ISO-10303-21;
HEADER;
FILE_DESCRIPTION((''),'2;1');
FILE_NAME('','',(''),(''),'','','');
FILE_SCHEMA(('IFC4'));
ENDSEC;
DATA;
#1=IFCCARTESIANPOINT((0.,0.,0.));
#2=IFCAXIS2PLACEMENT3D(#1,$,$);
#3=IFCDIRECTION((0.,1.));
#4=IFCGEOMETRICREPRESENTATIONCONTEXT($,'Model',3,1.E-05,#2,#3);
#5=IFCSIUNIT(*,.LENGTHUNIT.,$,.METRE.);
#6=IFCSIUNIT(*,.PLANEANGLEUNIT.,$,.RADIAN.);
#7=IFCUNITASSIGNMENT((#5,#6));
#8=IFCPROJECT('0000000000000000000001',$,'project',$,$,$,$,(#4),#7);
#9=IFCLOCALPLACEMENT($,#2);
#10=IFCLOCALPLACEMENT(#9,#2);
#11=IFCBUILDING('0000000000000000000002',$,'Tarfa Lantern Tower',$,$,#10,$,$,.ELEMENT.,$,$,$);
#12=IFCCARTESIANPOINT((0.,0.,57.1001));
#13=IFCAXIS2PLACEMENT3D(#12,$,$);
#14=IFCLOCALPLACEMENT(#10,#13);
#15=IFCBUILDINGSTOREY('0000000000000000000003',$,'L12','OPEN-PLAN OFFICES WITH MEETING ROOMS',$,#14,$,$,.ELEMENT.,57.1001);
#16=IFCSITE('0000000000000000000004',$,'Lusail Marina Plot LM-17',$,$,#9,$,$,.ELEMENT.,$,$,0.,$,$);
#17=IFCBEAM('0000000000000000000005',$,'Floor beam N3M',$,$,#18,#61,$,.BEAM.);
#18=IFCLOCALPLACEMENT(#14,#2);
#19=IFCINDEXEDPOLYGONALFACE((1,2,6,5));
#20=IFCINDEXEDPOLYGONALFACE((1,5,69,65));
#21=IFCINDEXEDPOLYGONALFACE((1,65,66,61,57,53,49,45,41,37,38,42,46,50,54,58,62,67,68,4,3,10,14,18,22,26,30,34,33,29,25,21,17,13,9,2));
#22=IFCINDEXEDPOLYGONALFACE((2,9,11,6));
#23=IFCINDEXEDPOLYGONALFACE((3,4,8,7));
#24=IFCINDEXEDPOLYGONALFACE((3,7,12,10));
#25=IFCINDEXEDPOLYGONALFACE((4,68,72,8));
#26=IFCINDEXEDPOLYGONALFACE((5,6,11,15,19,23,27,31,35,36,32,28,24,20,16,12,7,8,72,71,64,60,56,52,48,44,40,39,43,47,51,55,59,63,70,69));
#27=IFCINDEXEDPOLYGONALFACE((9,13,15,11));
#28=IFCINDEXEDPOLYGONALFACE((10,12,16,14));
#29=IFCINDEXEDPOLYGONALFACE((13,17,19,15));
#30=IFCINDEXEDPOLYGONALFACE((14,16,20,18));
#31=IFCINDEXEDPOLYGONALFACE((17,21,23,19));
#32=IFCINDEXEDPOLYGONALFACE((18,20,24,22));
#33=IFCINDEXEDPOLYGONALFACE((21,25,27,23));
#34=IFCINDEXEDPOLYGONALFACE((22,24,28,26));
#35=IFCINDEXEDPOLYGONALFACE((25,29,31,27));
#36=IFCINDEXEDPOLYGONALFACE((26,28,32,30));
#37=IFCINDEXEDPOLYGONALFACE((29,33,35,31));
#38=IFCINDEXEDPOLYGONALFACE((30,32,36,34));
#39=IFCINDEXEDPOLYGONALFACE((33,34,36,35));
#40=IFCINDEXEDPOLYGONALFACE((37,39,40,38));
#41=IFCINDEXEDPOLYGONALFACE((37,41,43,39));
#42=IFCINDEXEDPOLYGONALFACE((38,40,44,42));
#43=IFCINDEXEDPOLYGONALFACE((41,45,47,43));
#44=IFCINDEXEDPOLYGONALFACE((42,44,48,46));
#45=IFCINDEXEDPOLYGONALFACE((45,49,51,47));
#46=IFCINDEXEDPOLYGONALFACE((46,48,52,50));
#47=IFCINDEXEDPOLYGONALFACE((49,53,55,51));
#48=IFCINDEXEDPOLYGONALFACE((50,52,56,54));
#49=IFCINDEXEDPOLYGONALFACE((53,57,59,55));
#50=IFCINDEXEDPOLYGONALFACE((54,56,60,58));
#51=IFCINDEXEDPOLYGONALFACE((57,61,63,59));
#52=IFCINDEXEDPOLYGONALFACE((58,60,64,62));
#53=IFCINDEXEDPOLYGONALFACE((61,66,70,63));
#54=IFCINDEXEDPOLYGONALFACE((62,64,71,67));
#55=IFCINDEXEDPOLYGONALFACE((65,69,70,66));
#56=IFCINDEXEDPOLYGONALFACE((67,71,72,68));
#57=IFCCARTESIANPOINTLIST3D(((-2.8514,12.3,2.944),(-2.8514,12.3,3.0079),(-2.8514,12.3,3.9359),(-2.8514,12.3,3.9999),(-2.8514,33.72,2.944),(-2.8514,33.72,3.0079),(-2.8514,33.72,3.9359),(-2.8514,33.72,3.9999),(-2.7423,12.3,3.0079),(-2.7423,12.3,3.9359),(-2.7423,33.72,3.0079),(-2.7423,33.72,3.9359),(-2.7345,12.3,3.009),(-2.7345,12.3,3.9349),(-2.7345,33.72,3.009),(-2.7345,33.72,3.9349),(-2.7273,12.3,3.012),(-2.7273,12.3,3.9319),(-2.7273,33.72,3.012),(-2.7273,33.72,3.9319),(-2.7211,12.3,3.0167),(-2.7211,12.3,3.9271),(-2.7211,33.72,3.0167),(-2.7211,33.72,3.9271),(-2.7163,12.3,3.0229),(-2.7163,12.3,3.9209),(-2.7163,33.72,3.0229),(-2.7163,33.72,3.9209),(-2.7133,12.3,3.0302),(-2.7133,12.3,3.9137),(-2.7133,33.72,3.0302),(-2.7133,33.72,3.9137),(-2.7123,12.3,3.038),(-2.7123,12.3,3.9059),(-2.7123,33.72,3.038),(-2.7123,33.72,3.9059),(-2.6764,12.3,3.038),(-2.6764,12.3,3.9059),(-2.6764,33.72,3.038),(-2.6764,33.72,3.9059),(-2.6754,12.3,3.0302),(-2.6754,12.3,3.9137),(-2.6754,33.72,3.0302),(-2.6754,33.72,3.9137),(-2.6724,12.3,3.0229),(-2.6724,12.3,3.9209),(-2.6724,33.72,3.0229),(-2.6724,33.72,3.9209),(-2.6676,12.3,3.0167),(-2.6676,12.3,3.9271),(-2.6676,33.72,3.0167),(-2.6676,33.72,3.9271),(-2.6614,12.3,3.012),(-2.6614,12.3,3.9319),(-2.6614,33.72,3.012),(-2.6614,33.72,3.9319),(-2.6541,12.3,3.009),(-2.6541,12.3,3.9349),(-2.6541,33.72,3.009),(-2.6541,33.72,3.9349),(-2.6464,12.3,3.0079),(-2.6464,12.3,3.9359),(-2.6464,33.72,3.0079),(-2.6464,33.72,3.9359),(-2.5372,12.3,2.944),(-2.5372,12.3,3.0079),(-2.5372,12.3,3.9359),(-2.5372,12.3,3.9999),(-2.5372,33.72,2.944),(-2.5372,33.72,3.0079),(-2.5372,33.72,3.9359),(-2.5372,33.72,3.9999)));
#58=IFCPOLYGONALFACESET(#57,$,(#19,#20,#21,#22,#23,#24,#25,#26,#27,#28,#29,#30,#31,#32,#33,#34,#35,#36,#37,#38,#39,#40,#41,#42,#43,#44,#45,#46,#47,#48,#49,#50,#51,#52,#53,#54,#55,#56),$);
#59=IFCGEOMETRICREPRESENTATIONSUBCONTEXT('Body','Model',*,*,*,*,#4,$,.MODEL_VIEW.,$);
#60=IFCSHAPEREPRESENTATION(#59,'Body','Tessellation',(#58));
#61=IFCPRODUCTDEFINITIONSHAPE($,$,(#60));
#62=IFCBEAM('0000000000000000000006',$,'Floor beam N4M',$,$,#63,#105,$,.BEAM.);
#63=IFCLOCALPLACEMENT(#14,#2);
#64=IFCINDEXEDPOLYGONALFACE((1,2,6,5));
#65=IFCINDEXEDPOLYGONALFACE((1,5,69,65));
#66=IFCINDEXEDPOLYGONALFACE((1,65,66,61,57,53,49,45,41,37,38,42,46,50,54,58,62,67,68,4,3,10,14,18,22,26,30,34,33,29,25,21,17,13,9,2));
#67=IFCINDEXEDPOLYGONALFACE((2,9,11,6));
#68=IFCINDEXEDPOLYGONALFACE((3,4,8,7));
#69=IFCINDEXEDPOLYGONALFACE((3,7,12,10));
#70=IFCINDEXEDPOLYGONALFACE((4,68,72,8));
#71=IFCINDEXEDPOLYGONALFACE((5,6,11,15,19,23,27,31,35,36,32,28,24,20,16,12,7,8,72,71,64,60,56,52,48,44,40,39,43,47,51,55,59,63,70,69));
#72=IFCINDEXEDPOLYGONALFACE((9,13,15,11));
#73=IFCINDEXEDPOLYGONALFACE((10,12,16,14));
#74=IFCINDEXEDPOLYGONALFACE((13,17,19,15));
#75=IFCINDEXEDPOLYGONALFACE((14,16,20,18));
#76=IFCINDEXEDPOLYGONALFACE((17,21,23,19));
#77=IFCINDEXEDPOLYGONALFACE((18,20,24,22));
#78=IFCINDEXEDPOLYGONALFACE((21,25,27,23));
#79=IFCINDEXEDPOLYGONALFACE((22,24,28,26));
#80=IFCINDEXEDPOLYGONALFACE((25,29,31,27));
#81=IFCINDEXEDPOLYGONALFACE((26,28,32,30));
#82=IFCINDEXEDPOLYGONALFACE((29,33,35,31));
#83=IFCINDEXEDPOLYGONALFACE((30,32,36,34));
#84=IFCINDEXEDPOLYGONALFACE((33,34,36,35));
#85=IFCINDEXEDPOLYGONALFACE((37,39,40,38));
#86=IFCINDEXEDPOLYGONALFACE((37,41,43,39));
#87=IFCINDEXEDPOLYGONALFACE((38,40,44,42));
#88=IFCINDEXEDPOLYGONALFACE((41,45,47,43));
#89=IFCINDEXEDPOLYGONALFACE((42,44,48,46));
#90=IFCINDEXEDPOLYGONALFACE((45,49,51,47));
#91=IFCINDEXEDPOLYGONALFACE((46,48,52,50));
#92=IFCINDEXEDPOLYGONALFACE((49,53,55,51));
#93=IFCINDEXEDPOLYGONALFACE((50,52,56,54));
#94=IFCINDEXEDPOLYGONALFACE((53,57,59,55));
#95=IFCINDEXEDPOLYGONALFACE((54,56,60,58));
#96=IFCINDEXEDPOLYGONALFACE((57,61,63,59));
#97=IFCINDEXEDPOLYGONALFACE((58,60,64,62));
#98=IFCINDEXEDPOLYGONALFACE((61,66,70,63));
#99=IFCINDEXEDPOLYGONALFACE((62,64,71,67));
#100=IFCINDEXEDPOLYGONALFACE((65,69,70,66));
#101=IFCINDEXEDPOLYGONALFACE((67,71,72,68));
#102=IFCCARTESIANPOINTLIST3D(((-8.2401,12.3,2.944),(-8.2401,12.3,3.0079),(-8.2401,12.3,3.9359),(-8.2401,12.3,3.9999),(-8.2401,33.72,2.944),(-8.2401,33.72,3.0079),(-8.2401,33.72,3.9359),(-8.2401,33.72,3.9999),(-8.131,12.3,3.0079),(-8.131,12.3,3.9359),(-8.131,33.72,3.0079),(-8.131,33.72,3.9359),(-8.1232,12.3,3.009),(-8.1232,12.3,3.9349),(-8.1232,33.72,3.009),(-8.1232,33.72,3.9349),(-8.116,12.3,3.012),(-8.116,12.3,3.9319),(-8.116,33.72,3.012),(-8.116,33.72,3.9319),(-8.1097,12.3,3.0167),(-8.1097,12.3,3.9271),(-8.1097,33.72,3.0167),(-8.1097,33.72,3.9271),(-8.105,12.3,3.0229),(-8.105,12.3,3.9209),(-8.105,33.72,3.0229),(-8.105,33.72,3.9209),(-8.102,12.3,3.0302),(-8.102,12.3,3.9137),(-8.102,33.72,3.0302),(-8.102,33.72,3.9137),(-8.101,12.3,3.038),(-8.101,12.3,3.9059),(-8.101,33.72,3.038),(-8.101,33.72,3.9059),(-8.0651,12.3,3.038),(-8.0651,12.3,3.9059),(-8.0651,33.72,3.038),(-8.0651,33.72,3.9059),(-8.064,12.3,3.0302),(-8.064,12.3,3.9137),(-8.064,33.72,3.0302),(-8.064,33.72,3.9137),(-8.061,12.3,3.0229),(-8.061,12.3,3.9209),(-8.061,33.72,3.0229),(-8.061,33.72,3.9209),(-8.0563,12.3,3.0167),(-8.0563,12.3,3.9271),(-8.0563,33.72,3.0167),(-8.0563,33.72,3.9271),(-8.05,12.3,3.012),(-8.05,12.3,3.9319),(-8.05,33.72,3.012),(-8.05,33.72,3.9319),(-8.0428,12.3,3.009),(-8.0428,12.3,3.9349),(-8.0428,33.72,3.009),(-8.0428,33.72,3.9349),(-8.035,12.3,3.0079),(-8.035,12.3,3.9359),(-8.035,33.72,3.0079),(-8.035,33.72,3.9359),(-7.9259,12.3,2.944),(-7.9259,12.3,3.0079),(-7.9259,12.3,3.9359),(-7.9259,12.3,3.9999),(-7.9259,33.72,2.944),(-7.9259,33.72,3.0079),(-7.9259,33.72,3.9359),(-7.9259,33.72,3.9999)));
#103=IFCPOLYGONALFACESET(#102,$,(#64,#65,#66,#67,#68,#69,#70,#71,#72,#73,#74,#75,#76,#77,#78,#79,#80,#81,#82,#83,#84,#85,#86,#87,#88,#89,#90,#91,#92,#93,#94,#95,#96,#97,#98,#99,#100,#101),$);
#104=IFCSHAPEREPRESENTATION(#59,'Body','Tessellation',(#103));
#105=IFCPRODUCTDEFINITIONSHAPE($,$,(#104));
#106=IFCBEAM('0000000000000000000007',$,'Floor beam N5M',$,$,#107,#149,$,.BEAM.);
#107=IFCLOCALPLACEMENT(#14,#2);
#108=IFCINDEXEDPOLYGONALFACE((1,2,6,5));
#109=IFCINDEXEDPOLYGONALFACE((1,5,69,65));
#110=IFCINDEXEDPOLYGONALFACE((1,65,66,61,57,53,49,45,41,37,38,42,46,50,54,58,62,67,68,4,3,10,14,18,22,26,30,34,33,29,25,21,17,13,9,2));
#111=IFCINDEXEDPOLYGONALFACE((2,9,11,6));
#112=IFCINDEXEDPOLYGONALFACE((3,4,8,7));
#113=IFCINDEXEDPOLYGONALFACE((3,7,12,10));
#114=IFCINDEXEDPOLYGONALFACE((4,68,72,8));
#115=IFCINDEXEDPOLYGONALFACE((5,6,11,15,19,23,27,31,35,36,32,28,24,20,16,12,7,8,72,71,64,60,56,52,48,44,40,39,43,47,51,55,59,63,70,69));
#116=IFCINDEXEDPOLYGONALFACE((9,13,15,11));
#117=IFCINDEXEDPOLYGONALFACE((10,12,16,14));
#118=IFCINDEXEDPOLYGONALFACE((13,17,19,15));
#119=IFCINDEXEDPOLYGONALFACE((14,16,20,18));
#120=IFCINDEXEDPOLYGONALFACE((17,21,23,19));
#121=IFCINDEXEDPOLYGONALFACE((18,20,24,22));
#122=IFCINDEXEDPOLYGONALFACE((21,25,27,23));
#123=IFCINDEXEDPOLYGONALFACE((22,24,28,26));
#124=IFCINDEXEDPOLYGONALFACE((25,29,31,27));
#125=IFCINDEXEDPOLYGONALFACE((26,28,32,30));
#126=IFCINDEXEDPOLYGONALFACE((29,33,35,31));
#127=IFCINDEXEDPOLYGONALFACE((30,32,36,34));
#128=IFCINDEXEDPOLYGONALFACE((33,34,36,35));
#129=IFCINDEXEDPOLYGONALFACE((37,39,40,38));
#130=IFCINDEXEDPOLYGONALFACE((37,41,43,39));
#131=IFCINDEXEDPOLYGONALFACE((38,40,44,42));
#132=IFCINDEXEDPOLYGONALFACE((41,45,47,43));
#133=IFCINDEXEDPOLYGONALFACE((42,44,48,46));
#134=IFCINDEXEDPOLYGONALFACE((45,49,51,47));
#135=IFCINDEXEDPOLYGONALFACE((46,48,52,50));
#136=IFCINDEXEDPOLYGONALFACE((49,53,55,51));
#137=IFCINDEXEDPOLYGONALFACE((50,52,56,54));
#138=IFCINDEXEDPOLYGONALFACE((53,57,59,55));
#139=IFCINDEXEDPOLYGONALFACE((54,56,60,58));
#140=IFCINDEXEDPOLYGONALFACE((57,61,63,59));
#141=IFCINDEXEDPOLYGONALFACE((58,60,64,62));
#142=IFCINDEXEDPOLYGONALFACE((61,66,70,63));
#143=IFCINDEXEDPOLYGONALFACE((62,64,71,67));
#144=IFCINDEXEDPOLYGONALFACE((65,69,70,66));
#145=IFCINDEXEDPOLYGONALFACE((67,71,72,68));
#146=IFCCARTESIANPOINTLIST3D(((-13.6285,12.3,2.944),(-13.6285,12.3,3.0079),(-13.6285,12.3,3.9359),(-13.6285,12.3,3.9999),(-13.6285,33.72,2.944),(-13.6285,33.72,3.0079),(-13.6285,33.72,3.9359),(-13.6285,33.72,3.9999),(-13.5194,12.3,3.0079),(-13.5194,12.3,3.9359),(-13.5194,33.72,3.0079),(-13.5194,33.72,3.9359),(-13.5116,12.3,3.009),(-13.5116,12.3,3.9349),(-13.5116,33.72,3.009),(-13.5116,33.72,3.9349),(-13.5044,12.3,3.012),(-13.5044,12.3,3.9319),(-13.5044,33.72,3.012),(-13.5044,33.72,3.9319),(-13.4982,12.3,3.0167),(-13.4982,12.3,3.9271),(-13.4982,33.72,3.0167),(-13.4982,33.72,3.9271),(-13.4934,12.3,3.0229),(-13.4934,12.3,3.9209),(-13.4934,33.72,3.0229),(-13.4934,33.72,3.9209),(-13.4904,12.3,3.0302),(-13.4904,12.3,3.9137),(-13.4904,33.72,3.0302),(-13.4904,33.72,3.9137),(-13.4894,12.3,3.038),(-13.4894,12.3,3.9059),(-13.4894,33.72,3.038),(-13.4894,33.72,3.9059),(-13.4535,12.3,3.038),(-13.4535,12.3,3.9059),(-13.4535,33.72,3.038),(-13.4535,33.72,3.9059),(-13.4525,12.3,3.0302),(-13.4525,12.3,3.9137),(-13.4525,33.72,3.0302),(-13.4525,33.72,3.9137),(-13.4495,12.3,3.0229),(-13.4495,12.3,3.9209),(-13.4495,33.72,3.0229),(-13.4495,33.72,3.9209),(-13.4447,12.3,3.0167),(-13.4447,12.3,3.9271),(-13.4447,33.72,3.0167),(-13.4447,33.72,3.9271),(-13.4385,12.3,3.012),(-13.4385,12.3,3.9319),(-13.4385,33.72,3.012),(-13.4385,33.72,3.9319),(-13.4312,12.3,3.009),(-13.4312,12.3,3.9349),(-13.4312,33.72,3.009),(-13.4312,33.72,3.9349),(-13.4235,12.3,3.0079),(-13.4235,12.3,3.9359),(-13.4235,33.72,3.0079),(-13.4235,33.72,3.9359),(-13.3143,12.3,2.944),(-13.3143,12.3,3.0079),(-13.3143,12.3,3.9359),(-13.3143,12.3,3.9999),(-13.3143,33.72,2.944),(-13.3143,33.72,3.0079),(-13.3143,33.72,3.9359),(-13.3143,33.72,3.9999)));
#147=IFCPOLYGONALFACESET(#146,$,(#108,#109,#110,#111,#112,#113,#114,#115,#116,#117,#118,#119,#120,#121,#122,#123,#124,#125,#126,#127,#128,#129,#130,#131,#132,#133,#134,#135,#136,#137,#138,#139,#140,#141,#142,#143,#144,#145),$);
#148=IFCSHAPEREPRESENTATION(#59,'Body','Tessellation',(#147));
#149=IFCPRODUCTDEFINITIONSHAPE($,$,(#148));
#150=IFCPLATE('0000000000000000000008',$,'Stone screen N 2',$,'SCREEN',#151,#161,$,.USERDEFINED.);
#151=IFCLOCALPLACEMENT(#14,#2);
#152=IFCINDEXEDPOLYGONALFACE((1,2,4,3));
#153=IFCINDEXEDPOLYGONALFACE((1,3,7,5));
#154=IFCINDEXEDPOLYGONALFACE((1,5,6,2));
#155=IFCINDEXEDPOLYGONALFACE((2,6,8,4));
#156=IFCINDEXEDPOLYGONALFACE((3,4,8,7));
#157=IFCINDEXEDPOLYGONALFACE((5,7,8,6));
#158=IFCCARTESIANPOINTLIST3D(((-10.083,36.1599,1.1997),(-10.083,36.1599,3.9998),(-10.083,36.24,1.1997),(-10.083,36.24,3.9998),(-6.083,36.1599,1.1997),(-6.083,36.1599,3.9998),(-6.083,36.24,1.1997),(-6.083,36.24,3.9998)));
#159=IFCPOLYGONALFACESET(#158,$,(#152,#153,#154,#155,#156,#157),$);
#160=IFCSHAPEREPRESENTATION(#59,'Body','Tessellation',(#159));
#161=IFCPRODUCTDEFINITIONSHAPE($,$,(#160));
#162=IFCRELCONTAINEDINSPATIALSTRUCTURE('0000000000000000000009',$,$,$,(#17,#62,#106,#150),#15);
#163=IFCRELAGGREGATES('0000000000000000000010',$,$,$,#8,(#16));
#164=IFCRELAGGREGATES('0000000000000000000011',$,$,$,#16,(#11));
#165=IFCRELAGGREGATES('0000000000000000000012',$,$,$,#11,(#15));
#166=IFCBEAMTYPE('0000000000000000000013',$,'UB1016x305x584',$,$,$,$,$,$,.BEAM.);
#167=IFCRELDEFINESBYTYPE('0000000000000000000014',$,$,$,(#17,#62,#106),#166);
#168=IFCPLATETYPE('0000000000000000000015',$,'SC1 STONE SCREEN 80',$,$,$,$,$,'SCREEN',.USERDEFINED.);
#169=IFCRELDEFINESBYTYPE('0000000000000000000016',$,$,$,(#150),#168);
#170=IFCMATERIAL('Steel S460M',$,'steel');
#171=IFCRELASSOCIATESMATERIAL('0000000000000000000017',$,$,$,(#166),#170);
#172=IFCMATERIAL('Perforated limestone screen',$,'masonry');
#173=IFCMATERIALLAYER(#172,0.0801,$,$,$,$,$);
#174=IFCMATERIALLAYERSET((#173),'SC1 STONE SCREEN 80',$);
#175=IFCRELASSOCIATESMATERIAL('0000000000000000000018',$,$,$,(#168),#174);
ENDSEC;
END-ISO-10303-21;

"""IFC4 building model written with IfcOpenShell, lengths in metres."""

from ifc_helpers import new_model, si_unit, direction, frame, origin, origin_2d, place, context, subcontext, project, spatial, rectangle, i_section, extrude, material, layer, layer_set, material_profile, profile_set, type_object, element, save


model = new_model("IFC4")

# Units and contexts
model_context = context("Model", 3, precision=1e-05, world=origin(), true_north=direction((0.0, 1.0)))
body_context = subcontext(model_context, "Body", "Model", "MODEL_VIEW")
ifc_project = project(units=[si_unit("LENGTHUNIT", "METRE"), si_unit("PLANEANGLEUNIT", "RADIAN")], contexts=[model_context])

# Site, building, storey
site_placement = place(None, origin())
site = spatial("IfcSite", under=ifc_project, at=site_placement, Name="Lusail Marina Plot LM-17", CompositionType="ELEMENT", RefElevation=0.0)
building_placement = place(site_placement, origin())
building = spatial("IfcBuilding", under=site, at=building_placement, Name="Tarfa Lantern Tower", CompositionType="ELEMENT")
storey_placement = place(building_placement, frame((0.0, 0.0, 57.1001)))
storey = spatial("IfcBuildingStorey", under=building, at=storey_placement, Name="L12", Description="OPEN-PLAN OFFICES WITH MEETING ROOMS", CompositionType="ELEMENT", Elevation=57.1001)

# Beams
ifc_material_1 = material(Name="Steel S460M", Category="steel")
ifc_material_profile_1 = material_profile(ifc_material_1, i_section(OverallWidth=0.3142, OverallDepth=1.0559, WebThickness=0.0359, FlangeThickness=0.064, FilletRadius=0.03, at=origin_2d()), Name="UB1016x305x584")
ifc_profile_set_1 = profile_set([ifc_material_profile_1], Name="Steel S460M")
beam_type_1 = type_object("IfcBeamType", Name="UB1016x305x584", PredefinedType="BEAM", material=ifc_profile_set_1)
for number, where, z_axis, x_axis, name in (
    (1, (-2.6943, 33.72, 3.4719), (0.0, -1.0, 0.0), (1.0, 0.0, 0.0), "Floor beam N3M"),
    (2, (-8.083, 33.72, 3.4719), (0.0, -1.0, 0.0), (1.0, 0.0, 0.0), "Floor beam N4M"),
    (3, (-13.4714, 33.72, 3.4719), (0.0, -1.0, 0.0), (1.0, 0.0, 0.0), "Floor beam N5M"),
):
    element("IfcBeam", number, at=place(storey_placement, frame(where, z_axis=z_axis, x_axis=x_axis)), inside=storey, type_object=beam_type_1, Name=name, PredefinedType="BEAM", context=body_context, shape_type="SweptSolid", body=[
        extrude(i_section(OverallWidth=0.3142, OverallDepth=1.0559, WebThickness=0.0359, FlangeThickness=0.064, FilletRadius=0.03, at=origin_2d()), origin(), (0.0, 0.0, 1.0), 21.4199),
    ])

# Plate
ifc_material_2 = material(Name="Perforated limestone screen", Category="masonry")
ifc_layer_1 = layer(ifc_material_2, 0.0801)
ifc_layer_set_1 = layer_set([ifc_layer_1], Name="SC1 STONE SCREEN 80")
plate_type = type_object("IfcPlateType", Name="SC1 STONE SCREEN 80", ElementType="SCREEN", PredefinedType="USERDEFINED", material=ifc_layer_set_1)
plate_placement = place(storey_placement, frame((-8.083, 36.2, 1.1997), z_axis=(0.0, 0.0, 1.0), x_axis=(-1.0, 0.0, 0.0)))
element("IfcPlate", 4, at=plate_placement, inside=storey, type_object=plate_type, Name="Stone screen N 2", ObjectType="SCREEN", PredefinedType="USERDEFINED", context=body_context, shape_type="SweptSolid", body=[
    extrude(rectangle(XDim=4.0, YDim=0.0801, at=origin_2d()), origin(), (0.0, 0.0, 1.0), 2.8),
])

save(model, "model.ifc")
